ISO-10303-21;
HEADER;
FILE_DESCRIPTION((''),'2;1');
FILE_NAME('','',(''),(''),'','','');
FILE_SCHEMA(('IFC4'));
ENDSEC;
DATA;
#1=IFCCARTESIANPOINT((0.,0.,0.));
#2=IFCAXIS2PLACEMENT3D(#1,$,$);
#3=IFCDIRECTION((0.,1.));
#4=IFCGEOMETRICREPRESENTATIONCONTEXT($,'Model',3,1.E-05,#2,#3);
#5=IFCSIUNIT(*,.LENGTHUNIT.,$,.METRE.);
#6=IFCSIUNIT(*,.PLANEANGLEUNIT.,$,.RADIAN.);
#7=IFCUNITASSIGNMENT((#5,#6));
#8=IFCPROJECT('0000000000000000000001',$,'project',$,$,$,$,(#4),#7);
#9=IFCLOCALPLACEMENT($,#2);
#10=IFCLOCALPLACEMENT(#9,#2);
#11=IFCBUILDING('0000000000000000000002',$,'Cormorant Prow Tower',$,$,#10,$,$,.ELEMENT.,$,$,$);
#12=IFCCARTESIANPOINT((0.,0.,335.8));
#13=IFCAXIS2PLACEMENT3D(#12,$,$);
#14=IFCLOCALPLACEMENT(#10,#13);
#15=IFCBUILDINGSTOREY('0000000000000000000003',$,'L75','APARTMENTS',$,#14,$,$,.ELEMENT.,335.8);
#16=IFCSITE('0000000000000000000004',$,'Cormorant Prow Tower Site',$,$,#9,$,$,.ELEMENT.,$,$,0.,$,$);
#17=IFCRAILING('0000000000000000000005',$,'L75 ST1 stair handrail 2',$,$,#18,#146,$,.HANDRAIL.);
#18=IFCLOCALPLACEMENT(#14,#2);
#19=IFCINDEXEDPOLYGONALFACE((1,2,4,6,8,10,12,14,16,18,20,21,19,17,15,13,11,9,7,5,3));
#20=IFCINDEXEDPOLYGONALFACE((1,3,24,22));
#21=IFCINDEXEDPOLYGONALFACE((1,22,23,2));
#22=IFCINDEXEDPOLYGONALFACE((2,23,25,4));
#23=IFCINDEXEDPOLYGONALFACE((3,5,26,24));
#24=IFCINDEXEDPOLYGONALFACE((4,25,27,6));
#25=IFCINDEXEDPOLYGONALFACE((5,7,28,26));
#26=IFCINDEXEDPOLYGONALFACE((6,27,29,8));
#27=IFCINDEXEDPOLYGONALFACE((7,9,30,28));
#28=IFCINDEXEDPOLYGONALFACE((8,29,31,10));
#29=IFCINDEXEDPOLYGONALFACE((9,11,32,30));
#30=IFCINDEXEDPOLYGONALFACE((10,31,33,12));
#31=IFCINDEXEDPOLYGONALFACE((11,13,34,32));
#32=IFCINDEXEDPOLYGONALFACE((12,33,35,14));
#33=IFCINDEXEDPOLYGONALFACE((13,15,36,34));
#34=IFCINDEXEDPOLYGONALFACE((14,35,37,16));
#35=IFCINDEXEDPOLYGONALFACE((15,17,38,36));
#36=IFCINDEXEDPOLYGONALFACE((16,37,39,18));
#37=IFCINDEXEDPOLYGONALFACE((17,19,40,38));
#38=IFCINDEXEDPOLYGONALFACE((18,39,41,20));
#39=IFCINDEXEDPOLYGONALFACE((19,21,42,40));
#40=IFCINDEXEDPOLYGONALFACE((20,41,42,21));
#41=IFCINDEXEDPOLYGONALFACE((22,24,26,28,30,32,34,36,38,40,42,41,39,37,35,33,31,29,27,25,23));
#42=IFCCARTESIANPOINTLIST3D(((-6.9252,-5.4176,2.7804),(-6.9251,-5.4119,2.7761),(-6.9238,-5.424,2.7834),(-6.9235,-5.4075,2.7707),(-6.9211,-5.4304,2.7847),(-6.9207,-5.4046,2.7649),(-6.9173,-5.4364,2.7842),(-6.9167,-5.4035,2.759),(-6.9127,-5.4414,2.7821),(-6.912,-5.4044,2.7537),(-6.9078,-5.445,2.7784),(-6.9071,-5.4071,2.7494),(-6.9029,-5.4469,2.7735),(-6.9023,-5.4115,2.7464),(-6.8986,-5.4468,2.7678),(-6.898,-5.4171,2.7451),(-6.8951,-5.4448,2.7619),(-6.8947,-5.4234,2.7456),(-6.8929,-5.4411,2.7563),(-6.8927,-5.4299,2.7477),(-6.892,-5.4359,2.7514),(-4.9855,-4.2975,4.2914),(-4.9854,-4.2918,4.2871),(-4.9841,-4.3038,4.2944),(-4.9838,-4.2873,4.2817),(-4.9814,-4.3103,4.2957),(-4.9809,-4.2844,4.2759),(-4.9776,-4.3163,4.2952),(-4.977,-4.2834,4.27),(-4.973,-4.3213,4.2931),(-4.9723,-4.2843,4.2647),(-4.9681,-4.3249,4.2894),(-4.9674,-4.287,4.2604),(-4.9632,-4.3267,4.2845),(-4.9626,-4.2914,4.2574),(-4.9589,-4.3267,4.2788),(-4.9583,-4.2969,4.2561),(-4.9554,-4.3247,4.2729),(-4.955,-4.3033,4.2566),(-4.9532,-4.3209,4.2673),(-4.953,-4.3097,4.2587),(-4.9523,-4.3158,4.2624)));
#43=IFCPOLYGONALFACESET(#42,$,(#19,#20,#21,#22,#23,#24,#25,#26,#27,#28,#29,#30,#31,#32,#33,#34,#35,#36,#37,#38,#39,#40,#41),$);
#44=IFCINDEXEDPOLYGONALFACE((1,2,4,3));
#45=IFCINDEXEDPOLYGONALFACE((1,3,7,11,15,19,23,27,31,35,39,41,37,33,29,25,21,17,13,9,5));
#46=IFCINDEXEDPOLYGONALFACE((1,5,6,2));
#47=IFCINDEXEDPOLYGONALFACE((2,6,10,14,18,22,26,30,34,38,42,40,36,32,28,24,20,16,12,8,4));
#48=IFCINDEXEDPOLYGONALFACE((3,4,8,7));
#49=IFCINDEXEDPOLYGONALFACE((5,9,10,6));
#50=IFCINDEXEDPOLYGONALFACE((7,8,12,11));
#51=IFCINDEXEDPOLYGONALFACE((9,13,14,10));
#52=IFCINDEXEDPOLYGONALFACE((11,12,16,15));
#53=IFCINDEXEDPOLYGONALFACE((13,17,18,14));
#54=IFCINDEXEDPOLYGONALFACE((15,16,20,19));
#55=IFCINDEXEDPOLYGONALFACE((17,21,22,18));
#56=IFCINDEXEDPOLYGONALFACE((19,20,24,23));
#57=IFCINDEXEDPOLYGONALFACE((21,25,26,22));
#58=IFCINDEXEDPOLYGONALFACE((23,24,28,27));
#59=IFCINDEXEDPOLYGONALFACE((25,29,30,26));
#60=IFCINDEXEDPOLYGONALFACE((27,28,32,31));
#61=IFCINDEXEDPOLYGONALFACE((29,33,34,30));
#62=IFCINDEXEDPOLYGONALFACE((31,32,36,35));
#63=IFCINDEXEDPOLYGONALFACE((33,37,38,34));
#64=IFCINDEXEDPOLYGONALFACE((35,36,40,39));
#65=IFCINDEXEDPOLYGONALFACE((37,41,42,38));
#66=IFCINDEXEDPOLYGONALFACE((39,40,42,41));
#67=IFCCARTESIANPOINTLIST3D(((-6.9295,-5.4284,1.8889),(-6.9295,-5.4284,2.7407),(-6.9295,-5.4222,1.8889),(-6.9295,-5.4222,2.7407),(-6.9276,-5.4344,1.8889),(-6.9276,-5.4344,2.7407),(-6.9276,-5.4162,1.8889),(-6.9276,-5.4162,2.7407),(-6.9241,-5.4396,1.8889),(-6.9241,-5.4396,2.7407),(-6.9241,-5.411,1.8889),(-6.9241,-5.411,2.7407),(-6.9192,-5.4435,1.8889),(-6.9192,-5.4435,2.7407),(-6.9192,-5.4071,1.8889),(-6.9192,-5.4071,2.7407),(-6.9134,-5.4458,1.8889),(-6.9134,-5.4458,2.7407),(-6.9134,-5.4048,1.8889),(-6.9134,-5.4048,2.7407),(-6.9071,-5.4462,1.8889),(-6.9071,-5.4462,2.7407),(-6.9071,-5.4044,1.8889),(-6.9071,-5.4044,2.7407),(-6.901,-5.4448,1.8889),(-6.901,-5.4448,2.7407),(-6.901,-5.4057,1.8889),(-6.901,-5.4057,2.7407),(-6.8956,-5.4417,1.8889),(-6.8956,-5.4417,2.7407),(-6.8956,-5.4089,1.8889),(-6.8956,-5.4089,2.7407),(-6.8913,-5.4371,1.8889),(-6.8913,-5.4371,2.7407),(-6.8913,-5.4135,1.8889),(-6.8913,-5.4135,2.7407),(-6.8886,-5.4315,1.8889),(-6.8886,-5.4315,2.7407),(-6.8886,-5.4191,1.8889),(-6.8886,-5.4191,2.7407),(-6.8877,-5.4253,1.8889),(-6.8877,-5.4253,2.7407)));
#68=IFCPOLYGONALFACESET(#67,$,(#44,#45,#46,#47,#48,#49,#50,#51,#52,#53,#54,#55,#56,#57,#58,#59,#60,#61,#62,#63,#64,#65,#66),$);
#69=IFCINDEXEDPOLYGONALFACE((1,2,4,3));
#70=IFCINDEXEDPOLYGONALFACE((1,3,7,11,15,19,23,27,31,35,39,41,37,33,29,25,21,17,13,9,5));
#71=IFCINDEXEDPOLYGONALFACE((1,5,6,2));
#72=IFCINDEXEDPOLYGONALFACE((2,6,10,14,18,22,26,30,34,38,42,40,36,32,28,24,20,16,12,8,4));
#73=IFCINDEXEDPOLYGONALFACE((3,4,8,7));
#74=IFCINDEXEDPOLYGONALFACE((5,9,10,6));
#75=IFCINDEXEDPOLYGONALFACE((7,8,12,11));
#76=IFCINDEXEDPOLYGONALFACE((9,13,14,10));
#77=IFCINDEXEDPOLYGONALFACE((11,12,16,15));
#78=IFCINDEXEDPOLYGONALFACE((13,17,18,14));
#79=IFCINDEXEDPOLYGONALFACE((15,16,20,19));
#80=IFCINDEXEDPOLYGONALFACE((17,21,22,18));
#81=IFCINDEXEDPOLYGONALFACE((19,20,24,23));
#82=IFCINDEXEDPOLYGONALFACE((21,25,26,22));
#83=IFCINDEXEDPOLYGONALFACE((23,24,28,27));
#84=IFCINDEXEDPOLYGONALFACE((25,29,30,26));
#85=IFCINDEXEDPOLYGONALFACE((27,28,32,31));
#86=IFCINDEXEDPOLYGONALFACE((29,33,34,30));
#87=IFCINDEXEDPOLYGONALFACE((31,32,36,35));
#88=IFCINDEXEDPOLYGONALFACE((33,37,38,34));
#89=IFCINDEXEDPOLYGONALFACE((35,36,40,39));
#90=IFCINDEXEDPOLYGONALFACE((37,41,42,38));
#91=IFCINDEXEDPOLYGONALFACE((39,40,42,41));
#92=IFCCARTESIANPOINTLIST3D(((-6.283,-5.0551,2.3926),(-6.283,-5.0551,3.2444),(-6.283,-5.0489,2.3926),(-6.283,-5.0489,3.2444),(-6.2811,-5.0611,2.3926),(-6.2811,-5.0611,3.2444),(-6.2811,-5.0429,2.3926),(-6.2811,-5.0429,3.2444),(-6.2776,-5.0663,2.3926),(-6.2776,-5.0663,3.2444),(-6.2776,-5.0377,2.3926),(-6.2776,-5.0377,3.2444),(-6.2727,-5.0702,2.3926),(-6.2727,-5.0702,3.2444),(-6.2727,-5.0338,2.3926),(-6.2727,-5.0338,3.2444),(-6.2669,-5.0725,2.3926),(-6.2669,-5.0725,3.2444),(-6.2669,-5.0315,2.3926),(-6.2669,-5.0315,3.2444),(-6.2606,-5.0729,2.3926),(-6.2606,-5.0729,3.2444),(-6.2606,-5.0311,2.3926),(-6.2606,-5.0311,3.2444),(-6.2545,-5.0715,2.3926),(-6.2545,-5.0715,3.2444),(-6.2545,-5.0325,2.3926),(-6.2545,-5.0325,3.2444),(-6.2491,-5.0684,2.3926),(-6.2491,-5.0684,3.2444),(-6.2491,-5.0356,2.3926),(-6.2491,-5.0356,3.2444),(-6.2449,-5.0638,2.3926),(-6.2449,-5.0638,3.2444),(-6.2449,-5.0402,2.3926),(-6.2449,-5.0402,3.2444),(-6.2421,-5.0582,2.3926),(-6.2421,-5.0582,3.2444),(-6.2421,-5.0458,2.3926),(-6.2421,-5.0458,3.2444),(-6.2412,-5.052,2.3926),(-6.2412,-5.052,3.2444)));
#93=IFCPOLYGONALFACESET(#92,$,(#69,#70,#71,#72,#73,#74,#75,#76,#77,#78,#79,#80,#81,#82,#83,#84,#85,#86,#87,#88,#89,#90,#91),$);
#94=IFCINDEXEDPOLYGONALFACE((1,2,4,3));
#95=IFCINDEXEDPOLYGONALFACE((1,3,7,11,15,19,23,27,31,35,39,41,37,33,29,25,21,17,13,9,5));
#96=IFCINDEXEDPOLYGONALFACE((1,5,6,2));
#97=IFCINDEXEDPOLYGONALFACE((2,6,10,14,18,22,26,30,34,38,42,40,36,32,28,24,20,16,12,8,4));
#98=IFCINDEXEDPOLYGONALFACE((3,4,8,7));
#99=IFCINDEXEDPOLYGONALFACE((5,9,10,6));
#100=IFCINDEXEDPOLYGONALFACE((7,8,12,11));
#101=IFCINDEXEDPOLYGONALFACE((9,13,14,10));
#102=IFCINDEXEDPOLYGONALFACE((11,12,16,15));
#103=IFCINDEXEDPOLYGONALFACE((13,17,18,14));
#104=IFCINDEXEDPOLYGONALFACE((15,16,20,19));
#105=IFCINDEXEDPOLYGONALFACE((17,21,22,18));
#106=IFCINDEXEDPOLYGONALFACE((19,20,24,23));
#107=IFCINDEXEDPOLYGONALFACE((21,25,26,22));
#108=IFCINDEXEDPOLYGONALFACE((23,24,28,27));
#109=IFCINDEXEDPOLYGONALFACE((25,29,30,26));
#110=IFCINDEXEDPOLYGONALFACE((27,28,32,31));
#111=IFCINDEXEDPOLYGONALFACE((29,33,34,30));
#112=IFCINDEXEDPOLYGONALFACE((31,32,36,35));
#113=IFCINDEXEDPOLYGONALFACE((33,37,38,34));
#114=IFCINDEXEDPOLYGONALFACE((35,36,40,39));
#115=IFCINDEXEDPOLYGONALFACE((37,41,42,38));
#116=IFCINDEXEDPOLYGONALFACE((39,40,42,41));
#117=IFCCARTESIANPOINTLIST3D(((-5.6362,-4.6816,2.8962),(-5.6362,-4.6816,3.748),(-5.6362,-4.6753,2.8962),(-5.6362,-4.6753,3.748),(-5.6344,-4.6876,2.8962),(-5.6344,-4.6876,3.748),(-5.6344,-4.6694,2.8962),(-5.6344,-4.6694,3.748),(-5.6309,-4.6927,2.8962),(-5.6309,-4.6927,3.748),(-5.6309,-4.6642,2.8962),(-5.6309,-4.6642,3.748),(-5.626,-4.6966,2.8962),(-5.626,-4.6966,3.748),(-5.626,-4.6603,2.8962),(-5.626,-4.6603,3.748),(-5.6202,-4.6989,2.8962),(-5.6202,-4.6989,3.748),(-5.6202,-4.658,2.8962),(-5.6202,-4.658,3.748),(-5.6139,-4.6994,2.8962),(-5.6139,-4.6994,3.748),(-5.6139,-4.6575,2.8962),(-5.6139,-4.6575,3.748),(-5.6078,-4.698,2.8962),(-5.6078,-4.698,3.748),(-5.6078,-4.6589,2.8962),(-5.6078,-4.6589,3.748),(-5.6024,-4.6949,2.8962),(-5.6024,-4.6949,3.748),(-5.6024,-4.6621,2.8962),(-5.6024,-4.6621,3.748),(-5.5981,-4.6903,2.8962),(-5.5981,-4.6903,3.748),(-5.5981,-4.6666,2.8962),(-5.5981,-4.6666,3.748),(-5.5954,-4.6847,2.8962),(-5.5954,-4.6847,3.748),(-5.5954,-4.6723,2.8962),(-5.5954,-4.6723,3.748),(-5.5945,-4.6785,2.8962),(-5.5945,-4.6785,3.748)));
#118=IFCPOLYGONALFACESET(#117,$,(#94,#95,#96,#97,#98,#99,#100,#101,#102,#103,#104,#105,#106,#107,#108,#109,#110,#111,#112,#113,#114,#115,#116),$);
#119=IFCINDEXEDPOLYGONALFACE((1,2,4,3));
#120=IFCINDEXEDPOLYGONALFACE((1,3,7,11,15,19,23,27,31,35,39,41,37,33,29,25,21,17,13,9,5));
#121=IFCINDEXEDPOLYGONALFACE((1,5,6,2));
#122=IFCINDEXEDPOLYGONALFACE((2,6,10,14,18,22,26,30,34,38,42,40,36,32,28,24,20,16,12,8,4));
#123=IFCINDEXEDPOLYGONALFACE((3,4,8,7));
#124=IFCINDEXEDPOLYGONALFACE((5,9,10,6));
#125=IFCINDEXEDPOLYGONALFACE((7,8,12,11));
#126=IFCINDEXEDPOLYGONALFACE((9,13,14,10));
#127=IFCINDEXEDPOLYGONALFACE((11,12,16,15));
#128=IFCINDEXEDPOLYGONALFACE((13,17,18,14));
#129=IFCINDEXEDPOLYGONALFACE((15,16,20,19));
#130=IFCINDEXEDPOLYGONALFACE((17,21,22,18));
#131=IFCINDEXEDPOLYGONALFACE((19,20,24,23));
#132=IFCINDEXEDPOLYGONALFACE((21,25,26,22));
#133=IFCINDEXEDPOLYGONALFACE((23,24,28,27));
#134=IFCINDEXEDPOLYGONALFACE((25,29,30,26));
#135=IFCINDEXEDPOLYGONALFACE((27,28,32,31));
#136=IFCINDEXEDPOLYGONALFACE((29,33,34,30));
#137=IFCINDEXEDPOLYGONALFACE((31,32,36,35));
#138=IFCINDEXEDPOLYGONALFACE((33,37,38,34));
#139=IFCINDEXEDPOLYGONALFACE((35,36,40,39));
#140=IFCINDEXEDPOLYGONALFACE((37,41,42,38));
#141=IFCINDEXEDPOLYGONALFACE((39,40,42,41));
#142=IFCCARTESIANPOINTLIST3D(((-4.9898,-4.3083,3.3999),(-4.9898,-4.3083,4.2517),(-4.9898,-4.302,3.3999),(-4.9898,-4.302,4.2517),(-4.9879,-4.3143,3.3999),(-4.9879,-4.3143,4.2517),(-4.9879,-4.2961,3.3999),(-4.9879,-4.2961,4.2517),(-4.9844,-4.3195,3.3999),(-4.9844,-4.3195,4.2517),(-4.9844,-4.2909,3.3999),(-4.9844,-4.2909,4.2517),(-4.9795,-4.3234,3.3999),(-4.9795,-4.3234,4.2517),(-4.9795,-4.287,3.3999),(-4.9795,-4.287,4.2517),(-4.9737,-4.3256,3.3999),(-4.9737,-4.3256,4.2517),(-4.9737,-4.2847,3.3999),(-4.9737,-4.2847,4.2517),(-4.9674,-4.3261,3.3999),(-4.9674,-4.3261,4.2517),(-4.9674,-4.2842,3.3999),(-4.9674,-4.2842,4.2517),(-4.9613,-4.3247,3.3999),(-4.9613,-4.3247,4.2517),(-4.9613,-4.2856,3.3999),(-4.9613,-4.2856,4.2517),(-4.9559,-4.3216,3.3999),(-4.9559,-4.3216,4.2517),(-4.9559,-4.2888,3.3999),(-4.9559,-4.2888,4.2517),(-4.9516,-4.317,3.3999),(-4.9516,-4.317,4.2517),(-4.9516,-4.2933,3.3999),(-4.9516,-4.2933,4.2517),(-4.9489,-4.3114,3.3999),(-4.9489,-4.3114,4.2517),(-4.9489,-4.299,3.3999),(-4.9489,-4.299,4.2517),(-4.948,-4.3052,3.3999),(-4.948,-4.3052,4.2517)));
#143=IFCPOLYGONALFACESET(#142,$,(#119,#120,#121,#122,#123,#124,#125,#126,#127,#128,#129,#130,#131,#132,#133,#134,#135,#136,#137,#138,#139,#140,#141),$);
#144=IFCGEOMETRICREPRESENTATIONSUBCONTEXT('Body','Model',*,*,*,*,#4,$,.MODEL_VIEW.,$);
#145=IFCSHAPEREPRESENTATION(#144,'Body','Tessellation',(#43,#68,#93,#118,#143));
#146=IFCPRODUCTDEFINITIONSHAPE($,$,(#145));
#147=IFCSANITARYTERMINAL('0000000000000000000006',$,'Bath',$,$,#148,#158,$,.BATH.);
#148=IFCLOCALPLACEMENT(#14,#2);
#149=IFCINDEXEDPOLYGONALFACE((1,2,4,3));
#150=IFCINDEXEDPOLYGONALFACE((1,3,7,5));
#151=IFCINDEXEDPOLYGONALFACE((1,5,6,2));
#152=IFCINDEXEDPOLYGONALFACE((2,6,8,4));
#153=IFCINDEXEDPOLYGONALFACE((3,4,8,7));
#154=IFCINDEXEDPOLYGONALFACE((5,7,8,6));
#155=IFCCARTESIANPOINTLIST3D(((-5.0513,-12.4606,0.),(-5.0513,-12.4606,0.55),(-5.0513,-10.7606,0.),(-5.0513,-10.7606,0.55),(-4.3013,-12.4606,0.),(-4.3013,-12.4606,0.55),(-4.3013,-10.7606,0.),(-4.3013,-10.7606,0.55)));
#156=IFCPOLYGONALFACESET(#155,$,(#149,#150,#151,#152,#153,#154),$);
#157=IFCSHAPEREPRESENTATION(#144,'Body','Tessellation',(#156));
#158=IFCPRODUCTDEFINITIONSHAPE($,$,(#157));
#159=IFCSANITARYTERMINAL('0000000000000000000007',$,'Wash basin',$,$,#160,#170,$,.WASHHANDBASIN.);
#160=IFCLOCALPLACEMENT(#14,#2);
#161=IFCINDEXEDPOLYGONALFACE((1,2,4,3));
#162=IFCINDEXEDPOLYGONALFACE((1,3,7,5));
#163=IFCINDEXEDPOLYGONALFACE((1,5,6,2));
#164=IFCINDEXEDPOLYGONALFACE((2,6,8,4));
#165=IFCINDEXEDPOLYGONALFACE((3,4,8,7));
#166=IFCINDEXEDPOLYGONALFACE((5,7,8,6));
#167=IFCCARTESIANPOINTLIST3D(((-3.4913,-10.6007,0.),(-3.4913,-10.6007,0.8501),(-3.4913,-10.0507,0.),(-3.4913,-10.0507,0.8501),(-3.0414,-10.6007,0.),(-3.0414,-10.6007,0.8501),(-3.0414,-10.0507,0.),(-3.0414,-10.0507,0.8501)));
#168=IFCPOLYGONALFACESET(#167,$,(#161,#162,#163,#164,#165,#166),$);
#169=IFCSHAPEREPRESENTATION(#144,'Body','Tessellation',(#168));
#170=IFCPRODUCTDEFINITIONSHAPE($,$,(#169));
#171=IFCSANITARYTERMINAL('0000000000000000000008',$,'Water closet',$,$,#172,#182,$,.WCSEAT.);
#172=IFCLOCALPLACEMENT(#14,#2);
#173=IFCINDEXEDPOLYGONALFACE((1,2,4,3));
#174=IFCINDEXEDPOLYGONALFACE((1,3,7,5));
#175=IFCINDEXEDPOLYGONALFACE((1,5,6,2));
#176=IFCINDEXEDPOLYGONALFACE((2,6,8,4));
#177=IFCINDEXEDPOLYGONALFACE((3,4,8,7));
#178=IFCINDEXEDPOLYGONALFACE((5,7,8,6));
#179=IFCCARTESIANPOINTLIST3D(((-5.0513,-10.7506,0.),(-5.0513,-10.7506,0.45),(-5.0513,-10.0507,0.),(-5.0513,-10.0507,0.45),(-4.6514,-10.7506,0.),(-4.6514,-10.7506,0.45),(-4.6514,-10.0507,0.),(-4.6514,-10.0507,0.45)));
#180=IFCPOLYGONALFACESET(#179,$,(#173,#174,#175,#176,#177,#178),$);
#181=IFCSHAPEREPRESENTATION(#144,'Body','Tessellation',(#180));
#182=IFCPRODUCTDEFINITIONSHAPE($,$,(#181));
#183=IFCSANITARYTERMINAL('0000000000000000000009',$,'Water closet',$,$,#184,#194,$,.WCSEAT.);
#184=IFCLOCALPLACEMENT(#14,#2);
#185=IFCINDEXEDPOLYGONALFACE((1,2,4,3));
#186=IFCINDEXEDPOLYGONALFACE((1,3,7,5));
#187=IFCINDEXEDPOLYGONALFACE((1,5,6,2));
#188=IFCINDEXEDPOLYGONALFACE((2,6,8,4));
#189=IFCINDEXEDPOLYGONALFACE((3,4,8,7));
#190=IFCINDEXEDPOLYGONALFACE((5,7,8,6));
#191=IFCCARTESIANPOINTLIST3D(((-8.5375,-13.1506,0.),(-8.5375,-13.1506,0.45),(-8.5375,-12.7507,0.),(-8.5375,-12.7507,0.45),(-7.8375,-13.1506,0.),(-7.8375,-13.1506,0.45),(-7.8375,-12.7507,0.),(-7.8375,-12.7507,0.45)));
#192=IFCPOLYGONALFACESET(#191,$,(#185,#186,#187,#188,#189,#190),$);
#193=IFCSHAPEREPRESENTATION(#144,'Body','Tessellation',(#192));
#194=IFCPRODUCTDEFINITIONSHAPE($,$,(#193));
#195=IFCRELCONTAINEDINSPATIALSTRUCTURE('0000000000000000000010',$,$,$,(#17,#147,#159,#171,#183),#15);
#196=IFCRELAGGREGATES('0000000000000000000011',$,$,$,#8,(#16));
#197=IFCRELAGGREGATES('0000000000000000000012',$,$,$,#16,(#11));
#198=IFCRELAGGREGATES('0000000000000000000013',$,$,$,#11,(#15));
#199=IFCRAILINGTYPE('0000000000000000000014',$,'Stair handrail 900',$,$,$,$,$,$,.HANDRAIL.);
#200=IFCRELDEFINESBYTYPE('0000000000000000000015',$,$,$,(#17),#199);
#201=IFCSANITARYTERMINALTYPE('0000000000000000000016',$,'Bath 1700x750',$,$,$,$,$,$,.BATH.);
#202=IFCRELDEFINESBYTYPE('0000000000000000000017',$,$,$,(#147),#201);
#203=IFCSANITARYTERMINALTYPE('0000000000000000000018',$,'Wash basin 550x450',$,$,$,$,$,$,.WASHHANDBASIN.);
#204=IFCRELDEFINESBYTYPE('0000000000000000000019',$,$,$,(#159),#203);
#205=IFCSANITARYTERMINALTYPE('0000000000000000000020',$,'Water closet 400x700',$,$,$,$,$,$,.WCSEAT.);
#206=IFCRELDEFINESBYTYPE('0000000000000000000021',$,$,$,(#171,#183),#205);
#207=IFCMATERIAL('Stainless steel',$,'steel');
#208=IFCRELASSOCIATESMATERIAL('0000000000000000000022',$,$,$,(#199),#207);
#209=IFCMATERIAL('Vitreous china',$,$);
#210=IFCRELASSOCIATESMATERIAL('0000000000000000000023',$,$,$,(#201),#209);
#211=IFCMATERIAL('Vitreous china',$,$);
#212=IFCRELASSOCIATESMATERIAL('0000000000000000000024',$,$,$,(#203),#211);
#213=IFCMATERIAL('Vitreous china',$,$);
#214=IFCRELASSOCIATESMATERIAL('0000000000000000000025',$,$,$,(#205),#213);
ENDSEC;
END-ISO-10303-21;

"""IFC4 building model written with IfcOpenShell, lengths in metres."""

from ifc_helpers import new_model, si_unit, direction, frame, origin, origin_2d, place, context, subcontext, project, spatial, rectangle, circle, extrude, material, type_object, element, save


model = new_model("IFC4")

# Units and contexts
model_context = context("Model", 3, precision=1e-05, world=origin(), true_north=direction((0.0, 1.0)))
body_context = subcontext(model_context, "Body", "Model", "MODEL_VIEW")
ifc_project = project(units=[si_unit("LENGTHUNIT", "METRE"), si_unit("PLANEANGLEUNIT", "RADIAN")], contexts=[model_context])

# Site, building, storey
site_placement = place(None, origin())
site = spatial("IfcSite", under=ifc_project, at=site_placement, Name="Cormorant Prow Tower Site", CompositionType="ELEMENT", RefElevation=0.0)
building_placement = place(site_placement, origin())
building = spatial("IfcBuilding", under=site, at=building_placement, Name="Cormorant Prow Tower", CompositionType="ELEMENT")
storey_placement = place(building_placement, frame((0.0, 0.0, 335.8)))
storey = spatial("IfcBuildingStorey", under=building, at=storey_placement, Name="L75", Description="APARTMENTS", CompositionType="ELEMENT", Elevation=335.8)

# Railing
ifc_material_1 = material(Name="Stainless steel", Category="steel")
railing_type_1 = type_object("IfcRailingType", Name="Stair handrail 900", PredefinedType="HANDRAIL", material=ifc_material_1)
railing_1_placement = place(storey_placement, frame((-6.9087, -5.4253, 1.8889)))
element("IfcRailing", 1, at=railing_1_placement, inside=storey, type_object=railing_type_1, Name="L75 ST1 stair handrail 2", PredefinedType="HANDRAIL", context=body_context, shape_type="SweptSolid", body=[
    extrude(circle(Radius=0.0239, at=origin_2d()), frame((0.0, 0.0, 0.876), z_axis=(0.717906, 0.414569, 0.559235), x_axis=(-0.500078, 0.86598, 0.0)), (0.0, 0.0, 1.0), 2.7019),
    extrude(circle(Radius=0.021, at=origin_2d()), origin(), (0.0, 0.0, 1.0), 0.8518),
    extrude(circle(Radius=0.021, at=origin_2d()), frame((0.6465, 0.3733, 0.5037)), (0.0, 0.0, 1.0), 0.8518),
    extrude(circle(Radius=0.021, at=origin_2d()), frame((1.2932, 0.7468, 1.0073)), (0.0, 0.0, 1.0), 0.8518),
    extrude(circle(Radius=0.021, at=origin_2d()), frame((1.9397, 1.1201, 1.511)), (0.0, 0.0, 1.0), 0.8518),
])

# Sanitary terminals
ifc_material_2 = material(Name="Vitreous china")
sanitary_terminal_type_1 = type_object("IfcSanitaryTerminalType", Name="Bath 1700x750", PredefinedType="BATH", material=ifc_material_2)
sanitary_terminal_1_placement = place(storey_placement, frame((-4.6763, -11.6106, 0.0), z_axis=(0.0, 0.0, 1.0), x_axis=(0.0, 1.0, 0.0)))
element("IfcSanitaryTerminal", 2, at=sanitary_terminal_1_placement, inside=storey, type_object=sanitary_terminal_type_1, Name="Bath", PredefinedType="BATH", context=body_context, shape_type="SweptSolid", body=[
    extrude(rectangle(XDim=1.7, YDim=0.75, at=origin_2d()), origin(), (0.0, 0.0, 1.0), 0.55),
])
ifc_material_3 = material(Name="Vitreous china")
sanitary_terminal_type_2 = type_object("IfcSanitaryTerminalType", Name="Wash basin 550x450", PredefinedType="WASHHANDBASIN", material=ifc_material_3)
sanitary_terminal_2_placement = place(storey_placement, frame((-3.2664, -10.3257, 0.0), z_axis=(0.0, 0.0, 1.0), x_axis=(0.0, -1.0, 0.0)))
element("IfcSanitaryTerminal", 3, at=sanitary_terminal_2_placement, inside=storey, type_object=sanitary_terminal_type_2, Name="Wash basin", PredefinedType="WASHHANDBASIN", context=body_context, shape_type="SweptSolid", body=[
    extrude(rectangle(XDim=0.55, YDim=0.45, at=origin_2d()), origin(), (0.0, 0.0, 1.0), 0.8501),
])
ifc_material_4 = material(Name="Vitreous china")
sanitary_terminal_type_3 = type_object("IfcSanitaryTerminalType", Name="Water closet 400x700", PredefinedType="WCSEAT", material=ifc_material_4)
for number, where, z_axis, x_axis, name in (
    (4, (-4.8513, -10.4006, 0.0), (0.0, 0.0, 1.0), (1.0, 0.0, 0.0), "Water closet"),
    (5, (-8.1875, -12.9507, 0.0), (0.0, 0.0, 1.0), (0.0, -1.0, 0.0), "Water closet"),
):
    element("IfcSanitaryTerminal", number, at=place(storey_placement, frame(where, z_axis=z_axis, x_axis=x_axis)), inside=storey, type_object=sanitary_terminal_type_3, Name=name, PredefinedType="WCSEAT", context=body_context, shape_type="SweptSolid", body=[
        extrude(rectangle(XDim=0.3999, YDim=0.7, at=origin_2d()), origin(), (0.0, 0.0, 1.0), 0.45),
    ])

save(model, "model.ifc")
